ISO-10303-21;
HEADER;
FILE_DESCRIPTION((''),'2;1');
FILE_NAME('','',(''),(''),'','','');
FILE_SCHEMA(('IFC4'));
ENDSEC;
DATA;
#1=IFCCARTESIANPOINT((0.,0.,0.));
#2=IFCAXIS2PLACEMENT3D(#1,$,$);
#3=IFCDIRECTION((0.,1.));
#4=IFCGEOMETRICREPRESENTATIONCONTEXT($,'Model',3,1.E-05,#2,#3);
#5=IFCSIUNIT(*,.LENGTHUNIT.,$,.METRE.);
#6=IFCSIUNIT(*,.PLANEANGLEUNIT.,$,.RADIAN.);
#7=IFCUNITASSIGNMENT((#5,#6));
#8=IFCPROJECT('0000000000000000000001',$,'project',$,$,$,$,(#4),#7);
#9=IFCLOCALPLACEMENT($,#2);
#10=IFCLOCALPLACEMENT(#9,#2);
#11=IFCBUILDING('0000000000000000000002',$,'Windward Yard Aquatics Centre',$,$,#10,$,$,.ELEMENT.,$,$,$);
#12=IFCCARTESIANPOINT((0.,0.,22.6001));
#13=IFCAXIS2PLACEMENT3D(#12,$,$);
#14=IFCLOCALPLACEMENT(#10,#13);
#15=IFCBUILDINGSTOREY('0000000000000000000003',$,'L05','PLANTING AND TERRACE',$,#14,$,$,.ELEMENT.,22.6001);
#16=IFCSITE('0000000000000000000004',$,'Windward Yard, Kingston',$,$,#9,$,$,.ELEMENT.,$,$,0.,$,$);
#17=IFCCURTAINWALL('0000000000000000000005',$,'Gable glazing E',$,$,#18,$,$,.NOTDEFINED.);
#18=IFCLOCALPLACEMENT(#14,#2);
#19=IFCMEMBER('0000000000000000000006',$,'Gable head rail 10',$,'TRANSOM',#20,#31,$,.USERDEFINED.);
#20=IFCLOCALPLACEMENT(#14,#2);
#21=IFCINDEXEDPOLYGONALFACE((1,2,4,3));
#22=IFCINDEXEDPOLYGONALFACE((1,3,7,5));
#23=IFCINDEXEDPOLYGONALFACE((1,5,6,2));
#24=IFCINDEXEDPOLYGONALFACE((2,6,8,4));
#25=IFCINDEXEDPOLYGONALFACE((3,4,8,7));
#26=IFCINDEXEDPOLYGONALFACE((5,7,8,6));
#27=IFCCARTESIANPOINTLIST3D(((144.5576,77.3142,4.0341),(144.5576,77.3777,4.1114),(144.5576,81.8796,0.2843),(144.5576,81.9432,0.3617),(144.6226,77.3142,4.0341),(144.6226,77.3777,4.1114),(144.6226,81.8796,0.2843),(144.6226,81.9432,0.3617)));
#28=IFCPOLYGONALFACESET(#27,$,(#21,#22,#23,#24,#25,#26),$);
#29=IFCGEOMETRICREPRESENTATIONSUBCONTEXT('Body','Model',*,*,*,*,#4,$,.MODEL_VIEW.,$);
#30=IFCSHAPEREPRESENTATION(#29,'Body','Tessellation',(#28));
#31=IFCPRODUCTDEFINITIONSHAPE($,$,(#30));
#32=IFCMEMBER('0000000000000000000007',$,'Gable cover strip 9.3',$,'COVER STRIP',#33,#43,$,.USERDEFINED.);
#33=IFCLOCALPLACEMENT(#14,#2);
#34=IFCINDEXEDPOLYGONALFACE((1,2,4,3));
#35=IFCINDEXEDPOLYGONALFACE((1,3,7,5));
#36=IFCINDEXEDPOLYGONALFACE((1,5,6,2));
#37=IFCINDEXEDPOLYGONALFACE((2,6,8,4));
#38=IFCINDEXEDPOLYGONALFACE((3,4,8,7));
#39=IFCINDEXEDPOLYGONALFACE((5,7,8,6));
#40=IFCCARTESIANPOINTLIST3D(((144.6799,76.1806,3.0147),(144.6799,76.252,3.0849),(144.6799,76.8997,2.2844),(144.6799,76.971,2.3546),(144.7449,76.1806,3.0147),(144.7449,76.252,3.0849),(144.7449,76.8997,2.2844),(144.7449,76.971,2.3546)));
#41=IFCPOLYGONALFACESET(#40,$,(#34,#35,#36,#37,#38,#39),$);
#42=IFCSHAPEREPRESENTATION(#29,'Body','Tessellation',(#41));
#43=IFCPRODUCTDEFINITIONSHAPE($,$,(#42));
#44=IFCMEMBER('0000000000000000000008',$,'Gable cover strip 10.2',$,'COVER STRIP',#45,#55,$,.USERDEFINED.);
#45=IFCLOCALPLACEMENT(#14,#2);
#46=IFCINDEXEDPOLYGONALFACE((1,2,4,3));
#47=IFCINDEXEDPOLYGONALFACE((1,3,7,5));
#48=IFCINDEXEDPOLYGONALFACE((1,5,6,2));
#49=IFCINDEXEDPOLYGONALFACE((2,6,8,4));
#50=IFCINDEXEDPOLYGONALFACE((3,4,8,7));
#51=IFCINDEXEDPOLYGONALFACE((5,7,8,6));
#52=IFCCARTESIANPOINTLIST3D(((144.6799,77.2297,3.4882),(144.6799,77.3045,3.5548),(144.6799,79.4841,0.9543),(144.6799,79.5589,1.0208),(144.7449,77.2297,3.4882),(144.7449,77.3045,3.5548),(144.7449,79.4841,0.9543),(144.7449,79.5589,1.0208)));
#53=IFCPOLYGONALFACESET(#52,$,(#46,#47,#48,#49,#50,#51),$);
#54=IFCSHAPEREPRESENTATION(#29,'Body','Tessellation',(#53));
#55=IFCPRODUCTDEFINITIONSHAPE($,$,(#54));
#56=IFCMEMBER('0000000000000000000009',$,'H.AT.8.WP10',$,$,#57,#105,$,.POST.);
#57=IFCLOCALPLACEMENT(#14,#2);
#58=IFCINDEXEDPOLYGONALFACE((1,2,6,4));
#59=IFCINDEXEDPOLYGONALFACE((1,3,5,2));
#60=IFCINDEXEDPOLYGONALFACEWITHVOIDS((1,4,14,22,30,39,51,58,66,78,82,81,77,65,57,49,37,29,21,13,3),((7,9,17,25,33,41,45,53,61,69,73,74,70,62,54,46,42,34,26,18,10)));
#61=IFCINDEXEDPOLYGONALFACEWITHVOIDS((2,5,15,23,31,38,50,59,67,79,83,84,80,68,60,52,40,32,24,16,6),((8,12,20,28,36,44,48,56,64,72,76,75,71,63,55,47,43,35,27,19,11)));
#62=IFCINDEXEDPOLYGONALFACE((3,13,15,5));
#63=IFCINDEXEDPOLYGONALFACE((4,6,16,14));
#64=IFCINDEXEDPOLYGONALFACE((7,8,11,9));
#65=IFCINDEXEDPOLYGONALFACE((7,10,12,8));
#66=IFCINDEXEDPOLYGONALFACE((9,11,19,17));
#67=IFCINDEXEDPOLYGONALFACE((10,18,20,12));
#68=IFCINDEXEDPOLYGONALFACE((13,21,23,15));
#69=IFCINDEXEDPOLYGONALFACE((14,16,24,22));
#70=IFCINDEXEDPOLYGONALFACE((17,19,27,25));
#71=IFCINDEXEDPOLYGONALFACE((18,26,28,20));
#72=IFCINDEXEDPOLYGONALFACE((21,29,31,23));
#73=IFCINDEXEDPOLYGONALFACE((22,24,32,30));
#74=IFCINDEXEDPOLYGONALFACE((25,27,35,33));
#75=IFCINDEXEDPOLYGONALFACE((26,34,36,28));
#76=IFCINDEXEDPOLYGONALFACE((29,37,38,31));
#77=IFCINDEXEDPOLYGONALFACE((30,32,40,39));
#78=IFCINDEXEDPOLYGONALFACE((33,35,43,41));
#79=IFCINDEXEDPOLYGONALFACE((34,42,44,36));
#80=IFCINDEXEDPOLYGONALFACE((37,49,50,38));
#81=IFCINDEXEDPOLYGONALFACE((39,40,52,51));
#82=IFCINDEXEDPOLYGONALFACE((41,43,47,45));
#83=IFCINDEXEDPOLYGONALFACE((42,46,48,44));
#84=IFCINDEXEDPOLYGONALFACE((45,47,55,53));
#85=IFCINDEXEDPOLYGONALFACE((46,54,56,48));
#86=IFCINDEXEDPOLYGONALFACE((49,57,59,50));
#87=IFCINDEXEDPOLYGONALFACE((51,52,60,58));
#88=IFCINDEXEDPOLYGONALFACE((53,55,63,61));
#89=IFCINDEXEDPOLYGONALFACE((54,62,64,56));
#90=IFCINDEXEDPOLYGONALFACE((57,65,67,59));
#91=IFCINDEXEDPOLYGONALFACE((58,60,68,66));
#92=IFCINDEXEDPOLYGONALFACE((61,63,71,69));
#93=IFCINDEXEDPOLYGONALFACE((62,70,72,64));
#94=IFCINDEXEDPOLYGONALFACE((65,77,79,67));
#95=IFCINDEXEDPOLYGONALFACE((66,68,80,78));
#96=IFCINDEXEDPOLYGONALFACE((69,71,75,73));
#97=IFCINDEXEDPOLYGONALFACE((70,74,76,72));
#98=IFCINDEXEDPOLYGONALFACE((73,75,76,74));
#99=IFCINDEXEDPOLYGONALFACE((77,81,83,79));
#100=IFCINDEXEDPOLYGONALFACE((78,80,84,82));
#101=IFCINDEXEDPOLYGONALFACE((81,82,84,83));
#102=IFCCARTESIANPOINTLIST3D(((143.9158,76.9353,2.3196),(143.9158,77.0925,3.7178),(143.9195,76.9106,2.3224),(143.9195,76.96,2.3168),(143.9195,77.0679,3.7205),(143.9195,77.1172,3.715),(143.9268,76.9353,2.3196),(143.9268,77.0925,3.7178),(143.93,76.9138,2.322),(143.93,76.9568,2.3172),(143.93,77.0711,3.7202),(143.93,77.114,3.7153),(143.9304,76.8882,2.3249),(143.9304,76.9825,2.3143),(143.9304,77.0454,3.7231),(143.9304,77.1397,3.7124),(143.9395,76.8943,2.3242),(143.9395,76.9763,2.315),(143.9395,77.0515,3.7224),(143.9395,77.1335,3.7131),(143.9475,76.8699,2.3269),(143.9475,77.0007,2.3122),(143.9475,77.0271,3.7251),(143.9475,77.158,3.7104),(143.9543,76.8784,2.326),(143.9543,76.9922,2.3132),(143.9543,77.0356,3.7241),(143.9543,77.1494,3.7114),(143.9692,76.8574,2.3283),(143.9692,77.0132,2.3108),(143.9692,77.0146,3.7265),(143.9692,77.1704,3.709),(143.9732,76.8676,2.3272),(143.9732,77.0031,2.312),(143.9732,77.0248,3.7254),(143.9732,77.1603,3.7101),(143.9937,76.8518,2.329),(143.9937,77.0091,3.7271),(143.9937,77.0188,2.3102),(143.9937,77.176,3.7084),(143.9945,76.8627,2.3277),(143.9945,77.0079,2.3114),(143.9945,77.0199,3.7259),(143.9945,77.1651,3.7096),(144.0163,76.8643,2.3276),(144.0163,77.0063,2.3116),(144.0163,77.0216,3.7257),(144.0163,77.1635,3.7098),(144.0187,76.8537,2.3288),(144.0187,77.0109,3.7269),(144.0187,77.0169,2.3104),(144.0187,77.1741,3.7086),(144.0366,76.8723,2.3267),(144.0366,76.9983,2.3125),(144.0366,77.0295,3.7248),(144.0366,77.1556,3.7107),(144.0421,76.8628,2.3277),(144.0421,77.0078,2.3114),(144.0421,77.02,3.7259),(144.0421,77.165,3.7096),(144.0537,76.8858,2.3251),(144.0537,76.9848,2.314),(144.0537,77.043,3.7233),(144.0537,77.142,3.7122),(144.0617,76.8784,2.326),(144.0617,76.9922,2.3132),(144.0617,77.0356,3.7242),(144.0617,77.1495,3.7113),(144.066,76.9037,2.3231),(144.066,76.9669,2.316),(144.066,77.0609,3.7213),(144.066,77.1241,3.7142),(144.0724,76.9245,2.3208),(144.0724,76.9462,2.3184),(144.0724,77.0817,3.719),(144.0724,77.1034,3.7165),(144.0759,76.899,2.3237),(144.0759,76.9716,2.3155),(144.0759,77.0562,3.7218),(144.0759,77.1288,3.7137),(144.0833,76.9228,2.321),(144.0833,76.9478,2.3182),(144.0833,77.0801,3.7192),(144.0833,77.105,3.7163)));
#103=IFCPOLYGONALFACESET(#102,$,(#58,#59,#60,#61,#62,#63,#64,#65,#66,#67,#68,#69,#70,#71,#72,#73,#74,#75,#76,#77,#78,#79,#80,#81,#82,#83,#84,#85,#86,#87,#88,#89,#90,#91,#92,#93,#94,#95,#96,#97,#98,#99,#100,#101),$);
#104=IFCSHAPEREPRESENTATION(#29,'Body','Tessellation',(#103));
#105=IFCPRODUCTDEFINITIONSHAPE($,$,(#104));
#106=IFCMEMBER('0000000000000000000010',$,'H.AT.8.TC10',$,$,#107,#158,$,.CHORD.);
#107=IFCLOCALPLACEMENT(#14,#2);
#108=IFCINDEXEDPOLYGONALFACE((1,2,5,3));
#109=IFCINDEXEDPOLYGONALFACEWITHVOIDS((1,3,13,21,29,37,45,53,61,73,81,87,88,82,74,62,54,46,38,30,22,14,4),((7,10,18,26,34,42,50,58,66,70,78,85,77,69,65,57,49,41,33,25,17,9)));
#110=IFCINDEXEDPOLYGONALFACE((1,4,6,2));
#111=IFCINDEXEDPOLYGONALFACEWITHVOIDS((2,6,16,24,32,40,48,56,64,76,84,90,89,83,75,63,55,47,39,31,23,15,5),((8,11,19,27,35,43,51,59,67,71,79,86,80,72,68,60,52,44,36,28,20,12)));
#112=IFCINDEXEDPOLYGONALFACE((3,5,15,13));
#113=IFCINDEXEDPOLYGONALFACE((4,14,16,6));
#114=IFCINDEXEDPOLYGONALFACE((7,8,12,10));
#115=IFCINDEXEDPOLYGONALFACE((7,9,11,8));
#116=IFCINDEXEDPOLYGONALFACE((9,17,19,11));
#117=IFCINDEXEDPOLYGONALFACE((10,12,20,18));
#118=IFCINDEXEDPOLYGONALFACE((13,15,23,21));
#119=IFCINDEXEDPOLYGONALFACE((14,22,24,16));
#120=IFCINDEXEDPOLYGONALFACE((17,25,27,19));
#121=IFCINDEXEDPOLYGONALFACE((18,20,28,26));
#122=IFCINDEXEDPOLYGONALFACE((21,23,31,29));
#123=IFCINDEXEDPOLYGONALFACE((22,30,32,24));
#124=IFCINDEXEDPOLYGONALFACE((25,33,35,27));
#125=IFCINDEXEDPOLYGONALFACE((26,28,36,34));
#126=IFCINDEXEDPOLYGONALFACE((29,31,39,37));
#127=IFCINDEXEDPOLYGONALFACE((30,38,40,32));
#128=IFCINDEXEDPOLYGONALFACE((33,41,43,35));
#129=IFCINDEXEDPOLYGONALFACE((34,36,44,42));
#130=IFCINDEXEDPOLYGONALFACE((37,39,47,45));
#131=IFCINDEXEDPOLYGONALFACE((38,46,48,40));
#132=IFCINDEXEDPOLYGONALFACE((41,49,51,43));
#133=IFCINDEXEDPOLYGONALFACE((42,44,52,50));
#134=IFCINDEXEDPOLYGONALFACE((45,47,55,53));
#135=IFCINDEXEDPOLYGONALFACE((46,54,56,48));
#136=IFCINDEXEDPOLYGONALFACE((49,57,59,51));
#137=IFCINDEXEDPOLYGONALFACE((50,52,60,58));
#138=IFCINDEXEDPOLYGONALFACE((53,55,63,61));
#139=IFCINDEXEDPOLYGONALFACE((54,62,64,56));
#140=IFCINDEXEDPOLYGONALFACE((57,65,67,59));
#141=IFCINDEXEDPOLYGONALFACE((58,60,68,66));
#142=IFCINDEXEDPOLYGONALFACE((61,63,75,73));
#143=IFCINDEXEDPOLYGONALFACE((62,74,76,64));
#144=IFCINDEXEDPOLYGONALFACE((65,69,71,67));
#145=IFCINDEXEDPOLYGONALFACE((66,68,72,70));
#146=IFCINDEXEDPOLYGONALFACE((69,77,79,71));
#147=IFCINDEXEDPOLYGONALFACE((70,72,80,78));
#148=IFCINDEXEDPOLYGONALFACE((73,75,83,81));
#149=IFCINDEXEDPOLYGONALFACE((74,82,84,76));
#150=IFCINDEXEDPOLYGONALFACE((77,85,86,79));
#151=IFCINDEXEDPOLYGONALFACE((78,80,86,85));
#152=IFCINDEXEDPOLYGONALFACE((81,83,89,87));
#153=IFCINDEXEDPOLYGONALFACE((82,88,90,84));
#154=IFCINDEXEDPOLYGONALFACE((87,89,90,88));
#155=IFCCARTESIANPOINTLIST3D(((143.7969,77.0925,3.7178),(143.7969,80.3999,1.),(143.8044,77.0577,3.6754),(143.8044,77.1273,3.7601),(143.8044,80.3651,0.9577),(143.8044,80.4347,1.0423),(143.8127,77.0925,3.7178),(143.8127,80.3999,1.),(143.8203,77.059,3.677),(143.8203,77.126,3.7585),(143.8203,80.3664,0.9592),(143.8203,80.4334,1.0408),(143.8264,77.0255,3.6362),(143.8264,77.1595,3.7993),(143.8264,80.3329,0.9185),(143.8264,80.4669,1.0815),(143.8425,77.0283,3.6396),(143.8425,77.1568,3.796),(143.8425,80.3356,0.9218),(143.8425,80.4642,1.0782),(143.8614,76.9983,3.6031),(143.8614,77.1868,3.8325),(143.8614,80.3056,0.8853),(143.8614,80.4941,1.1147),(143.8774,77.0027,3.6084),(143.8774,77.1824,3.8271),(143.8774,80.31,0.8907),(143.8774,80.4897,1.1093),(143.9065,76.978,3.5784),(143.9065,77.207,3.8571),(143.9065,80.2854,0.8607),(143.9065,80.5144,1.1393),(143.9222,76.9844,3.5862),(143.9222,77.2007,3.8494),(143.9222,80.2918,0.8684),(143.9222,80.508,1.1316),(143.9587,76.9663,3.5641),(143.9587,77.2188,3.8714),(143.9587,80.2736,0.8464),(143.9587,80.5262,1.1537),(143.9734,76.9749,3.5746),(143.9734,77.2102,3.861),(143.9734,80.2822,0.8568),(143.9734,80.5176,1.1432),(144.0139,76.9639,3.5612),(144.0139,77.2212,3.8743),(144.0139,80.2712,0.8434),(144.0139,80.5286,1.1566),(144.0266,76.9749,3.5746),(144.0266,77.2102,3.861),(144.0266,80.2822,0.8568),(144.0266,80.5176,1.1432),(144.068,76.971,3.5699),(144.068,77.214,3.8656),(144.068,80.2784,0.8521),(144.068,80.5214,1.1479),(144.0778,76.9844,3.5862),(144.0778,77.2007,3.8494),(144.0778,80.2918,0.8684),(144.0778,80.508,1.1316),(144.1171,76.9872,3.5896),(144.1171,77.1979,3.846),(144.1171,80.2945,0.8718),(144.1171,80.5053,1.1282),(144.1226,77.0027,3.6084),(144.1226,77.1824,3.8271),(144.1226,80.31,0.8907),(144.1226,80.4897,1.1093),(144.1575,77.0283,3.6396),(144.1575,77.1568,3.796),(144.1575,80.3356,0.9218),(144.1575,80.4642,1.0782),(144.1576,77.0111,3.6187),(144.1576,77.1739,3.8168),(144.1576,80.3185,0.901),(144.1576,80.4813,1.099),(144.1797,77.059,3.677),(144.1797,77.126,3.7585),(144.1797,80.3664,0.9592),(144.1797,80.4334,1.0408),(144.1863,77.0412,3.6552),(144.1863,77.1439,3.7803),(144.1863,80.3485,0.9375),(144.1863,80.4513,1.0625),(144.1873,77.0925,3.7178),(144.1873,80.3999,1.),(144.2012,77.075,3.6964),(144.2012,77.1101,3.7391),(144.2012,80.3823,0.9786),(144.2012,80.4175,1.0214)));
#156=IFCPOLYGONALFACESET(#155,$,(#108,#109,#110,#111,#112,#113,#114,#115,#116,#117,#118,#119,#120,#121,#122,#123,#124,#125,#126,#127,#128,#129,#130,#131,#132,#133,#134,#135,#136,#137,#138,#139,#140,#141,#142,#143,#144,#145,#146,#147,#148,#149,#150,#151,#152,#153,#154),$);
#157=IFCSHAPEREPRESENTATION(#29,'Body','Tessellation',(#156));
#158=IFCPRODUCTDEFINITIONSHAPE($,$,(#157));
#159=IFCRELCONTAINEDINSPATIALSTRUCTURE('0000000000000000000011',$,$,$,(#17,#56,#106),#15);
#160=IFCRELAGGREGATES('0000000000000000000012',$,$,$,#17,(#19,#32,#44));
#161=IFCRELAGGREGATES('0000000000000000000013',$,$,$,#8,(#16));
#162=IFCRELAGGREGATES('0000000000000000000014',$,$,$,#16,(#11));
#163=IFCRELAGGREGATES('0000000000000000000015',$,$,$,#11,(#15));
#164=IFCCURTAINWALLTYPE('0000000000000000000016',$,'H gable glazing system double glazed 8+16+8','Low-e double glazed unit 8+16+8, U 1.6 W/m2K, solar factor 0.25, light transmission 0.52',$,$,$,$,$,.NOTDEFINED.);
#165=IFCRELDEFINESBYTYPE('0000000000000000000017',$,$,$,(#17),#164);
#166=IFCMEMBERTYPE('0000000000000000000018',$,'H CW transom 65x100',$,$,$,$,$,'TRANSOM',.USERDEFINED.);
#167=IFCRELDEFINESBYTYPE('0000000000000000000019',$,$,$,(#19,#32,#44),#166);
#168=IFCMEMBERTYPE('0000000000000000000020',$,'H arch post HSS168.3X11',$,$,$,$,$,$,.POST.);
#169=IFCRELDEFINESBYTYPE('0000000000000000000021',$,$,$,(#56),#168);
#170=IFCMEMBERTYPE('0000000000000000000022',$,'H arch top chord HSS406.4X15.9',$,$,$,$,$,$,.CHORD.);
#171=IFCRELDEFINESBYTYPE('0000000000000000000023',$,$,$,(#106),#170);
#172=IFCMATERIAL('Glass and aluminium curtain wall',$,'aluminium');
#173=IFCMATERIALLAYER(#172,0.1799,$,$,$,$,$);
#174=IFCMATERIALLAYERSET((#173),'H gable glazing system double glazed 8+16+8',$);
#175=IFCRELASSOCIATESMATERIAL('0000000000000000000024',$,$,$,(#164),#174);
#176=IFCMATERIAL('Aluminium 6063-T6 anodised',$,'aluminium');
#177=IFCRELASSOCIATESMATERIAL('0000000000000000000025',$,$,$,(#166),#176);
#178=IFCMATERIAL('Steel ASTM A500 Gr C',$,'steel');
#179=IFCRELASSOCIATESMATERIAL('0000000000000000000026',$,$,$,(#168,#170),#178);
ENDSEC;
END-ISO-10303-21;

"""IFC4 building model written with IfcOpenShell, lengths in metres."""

from ifc_helpers import new_model, si_unit, direction, frame, origin, origin_2d, place, context, subcontext, project, spatial, rectangle, hollow_circle, extrude, material, layer, layer_set, material_profile, profile_set, type_object, element, aggregate, save


model = new_model("IFC4")

# Units and contexts
model_context = context("Model", 3, precision=1e-05, world=origin(), true_north=direction((0.0, 1.0)))
body_context = subcontext(model_context, "Body", "Model", "MODEL_VIEW")
ifc_project = project(units=[si_unit("LENGTHUNIT", "METRE"), si_unit("PLANEANGLEUNIT", "RADIAN")], contexts=[model_context])

# Site, building, storey
site_placement = place(None, origin())
site = spatial("IfcSite", under=ifc_project, at=site_placement, Name="Windward Yard, Kingston", CompositionType="ELEMENT", RefElevation=0.0)
building_placement = place(site_placement, origin())
building = spatial("IfcBuilding", under=site, at=building_placement, Name="Windward Yard Aquatics Centre", CompositionType="ELEMENT")
storey_placement = place(building_placement, frame((0.0, 0.0, 22.6001)))
storey = spatial("IfcBuildingStorey", under=building, at=storey_placement, Name="L05", Description="PLANTING AND TERRACE", CompositionType="ELEMENT", Elevation=22.6001)

# Curtain wall, members
ifc_material_1 = material(Name="Glass and aluminium curtain wall", Category="aluminium")
ifc_layer_1 = layer(ifc_material_1, 0.1799)
ifc_layer_set_1 = layer_set([ifc_layer_1], Name="H gable glazing system double glazed 8+16+8")
curtain_wall_type = type_object("IfcCurtainWallType", Name="H gable glazing system double glazed 8+16+8", Description="Low-e double glazed unit 8+16+8, U 1.6 W/m2K, solar factor 0.25, light transmission 0.52", PredefinedType="NOTDEFINED", material=ifc_layer_set_1)
curtain_wall_placement = place(storey_placement, origin())
curtain_wall = element("IfcCurtainWall", 1, at=curtain_wall_placement, inside=storey, type_object=curtain_wall_type, Name="Gable glazing E", PredefinedType="NOTDEFINED")
ifc_material_2 = material(Name="Aluminium 6063-T6 anodised", Category="aluminium")
ifc_material_profile_1 = material_profile(ifc_material_2, rectangle(XDim=0.0649, YDim=0.1001, at=origin_2d()), Name="H CW transom 65x100")
ifc_profile_set_1 = profile_set([ifc_material_profile_1], Name="Aluminium 6063-T6 anodised")
member_type_1 = type_object("IfcMemberType", Name="H CW transom 65x100", ElementType="TRANSOM", PredefinedType="USERDEFINED", material=ifc_profile_set_1)
member_1_placement = place(storey_placement, frame((144.5901, 77.3459, 4.0728), z_axis=(0.0, 0.772761, -0.634697), x_axis=(-1.0, 0.0, 0.0)))
member_1 = element("IfcMember", 2, at=member_1_placement, type_object=member_type_1, Name="Gable head rail 10", ObjectType="TRANSOM", PredefinedType="USERDEFINED", context=body_context, shape_type="SweptSolid", body=[
    extrude(rectangle(XDim=0.0649, YDim=0.1001, at=origin_2d()), origin(), (0.0, 0.0, 1.0), 5.908),
])
member_2_placement = place(storey_placement, frame((144.7124, 76.2163, 3.0498), z_axis=(0.0, 0.701606, -0.712565), x_axis=(-1.0, 0.0, 0.0)))
member_2 = element("IfcMember", 3, at=member_2_placement, type_object=member_type_1, Name="Gable cover strip 9.3", ObjectType="COVER STRIP", PredefinedType="USERDEFINED", context=body_context, shape_type="SweptSolid", body=[
    extrude(rectangle(XDim=0.0649, YDim=0.1001, at=origin_2d()), origin(), (0.0, 0.0, 1.0), 1.0249),
])
member_3_placement = place(storey_placement, frame((144.7124, 77.2671, 3.5215), z_axis=(0.0, 0.664694, -0.747115), x_axis=(-1.0, 0.0, 0.0)))
member_3 = element("IfcMember", 4, at=member_3_placement, type_object=member_type_1, Name="Gable cover strip 10.2", ObjectType="COVER STRIP", PredefinedType="USERDEFINED", context=body_context, shape_type="SweptSolid", body=[
    extrude(rectangle(XDim=0.0649, YDim=0.1001, at=origin_2d()), origin(), (0.0, 0.0, 1.0), 3.3916),
])

# Members
ifc_material_3 = material(Name="Steel ASTM A500 Gr C", Category="steel")
ifc_material_profile_2 = material_profile(ifc_material_3, hollow_circle(Radius=0.0842, WallThickness=0.011, at=origin_2d()), Name="HSS168.3X11")
ifc_profile_set_2 = profile_set([ifc_material_profile_2], Name="Steel ASTM A500 Gr C")
member_type_2 = type_object("IfcMemberType", Name="H arch post HSS168.3X11", PredefinedType="POST", material=ifc_profile_set_2)
member_4_placement = place(storey_placement, frame((144.0, 76.9353, 2.3196), z_axis=(0.0, 0.111746, 0.993737), x_axis=(-1.0, 0.0, 0.0)))
element("IfcMember", 5, at=member_4_placement, inside=storey, type_object=member_type_2, Name="H.AT.8.WP10", PredefinedType="POST", context=body_context, shape_type="SweptSolid", body=[
    extrude(hollow_circle(Radius=0.0842, WallThickness=0.011, at=origin_2d()), origin(), (0.0, 0.0, 1.0), 1.407),
])
ifc_material_profile_3 = material_profile(ifc_material_3, hollow_circle(Radius=0.2031, WallThickness=0.0159, at=origin_2d()), Name="HSS406.4X15.9")
ifc_profile_set_3 = profile_set([ifc_material_profile_3], Name="Steel ASTM A500 Gr C")
member_type_3 = type_object("IfcMemberType", Name="H arch top chord HSS406.4X15.9", PredefinedType="CHORD", material=ifc_profile_set_3)
member_5_placement = place(storey_placement, frame((144.0, 77.0925, 3.7178), z_axis=(0.0, 0.772611, -0.634879), x_axis=(-1.0, 0.0, 0.0)))
element("IfcMember", 6, at=member_5_placement, inside=storey, type_object=member_type_3, Name="H.AT.8.TC10", PredefinedType="CHORD", context=body_context, shape_type="SweptSolid", body=[
    extrude(hollow_circle(Radius=0.2031, WallThickness=0.0159, at=origin_2d()), origin(), (0.0, 0.0, 1.0), 4.2808),
])

aggregate(curtain_wall, [member_1, member_2, member_3])

save(model, "model.ifc")
